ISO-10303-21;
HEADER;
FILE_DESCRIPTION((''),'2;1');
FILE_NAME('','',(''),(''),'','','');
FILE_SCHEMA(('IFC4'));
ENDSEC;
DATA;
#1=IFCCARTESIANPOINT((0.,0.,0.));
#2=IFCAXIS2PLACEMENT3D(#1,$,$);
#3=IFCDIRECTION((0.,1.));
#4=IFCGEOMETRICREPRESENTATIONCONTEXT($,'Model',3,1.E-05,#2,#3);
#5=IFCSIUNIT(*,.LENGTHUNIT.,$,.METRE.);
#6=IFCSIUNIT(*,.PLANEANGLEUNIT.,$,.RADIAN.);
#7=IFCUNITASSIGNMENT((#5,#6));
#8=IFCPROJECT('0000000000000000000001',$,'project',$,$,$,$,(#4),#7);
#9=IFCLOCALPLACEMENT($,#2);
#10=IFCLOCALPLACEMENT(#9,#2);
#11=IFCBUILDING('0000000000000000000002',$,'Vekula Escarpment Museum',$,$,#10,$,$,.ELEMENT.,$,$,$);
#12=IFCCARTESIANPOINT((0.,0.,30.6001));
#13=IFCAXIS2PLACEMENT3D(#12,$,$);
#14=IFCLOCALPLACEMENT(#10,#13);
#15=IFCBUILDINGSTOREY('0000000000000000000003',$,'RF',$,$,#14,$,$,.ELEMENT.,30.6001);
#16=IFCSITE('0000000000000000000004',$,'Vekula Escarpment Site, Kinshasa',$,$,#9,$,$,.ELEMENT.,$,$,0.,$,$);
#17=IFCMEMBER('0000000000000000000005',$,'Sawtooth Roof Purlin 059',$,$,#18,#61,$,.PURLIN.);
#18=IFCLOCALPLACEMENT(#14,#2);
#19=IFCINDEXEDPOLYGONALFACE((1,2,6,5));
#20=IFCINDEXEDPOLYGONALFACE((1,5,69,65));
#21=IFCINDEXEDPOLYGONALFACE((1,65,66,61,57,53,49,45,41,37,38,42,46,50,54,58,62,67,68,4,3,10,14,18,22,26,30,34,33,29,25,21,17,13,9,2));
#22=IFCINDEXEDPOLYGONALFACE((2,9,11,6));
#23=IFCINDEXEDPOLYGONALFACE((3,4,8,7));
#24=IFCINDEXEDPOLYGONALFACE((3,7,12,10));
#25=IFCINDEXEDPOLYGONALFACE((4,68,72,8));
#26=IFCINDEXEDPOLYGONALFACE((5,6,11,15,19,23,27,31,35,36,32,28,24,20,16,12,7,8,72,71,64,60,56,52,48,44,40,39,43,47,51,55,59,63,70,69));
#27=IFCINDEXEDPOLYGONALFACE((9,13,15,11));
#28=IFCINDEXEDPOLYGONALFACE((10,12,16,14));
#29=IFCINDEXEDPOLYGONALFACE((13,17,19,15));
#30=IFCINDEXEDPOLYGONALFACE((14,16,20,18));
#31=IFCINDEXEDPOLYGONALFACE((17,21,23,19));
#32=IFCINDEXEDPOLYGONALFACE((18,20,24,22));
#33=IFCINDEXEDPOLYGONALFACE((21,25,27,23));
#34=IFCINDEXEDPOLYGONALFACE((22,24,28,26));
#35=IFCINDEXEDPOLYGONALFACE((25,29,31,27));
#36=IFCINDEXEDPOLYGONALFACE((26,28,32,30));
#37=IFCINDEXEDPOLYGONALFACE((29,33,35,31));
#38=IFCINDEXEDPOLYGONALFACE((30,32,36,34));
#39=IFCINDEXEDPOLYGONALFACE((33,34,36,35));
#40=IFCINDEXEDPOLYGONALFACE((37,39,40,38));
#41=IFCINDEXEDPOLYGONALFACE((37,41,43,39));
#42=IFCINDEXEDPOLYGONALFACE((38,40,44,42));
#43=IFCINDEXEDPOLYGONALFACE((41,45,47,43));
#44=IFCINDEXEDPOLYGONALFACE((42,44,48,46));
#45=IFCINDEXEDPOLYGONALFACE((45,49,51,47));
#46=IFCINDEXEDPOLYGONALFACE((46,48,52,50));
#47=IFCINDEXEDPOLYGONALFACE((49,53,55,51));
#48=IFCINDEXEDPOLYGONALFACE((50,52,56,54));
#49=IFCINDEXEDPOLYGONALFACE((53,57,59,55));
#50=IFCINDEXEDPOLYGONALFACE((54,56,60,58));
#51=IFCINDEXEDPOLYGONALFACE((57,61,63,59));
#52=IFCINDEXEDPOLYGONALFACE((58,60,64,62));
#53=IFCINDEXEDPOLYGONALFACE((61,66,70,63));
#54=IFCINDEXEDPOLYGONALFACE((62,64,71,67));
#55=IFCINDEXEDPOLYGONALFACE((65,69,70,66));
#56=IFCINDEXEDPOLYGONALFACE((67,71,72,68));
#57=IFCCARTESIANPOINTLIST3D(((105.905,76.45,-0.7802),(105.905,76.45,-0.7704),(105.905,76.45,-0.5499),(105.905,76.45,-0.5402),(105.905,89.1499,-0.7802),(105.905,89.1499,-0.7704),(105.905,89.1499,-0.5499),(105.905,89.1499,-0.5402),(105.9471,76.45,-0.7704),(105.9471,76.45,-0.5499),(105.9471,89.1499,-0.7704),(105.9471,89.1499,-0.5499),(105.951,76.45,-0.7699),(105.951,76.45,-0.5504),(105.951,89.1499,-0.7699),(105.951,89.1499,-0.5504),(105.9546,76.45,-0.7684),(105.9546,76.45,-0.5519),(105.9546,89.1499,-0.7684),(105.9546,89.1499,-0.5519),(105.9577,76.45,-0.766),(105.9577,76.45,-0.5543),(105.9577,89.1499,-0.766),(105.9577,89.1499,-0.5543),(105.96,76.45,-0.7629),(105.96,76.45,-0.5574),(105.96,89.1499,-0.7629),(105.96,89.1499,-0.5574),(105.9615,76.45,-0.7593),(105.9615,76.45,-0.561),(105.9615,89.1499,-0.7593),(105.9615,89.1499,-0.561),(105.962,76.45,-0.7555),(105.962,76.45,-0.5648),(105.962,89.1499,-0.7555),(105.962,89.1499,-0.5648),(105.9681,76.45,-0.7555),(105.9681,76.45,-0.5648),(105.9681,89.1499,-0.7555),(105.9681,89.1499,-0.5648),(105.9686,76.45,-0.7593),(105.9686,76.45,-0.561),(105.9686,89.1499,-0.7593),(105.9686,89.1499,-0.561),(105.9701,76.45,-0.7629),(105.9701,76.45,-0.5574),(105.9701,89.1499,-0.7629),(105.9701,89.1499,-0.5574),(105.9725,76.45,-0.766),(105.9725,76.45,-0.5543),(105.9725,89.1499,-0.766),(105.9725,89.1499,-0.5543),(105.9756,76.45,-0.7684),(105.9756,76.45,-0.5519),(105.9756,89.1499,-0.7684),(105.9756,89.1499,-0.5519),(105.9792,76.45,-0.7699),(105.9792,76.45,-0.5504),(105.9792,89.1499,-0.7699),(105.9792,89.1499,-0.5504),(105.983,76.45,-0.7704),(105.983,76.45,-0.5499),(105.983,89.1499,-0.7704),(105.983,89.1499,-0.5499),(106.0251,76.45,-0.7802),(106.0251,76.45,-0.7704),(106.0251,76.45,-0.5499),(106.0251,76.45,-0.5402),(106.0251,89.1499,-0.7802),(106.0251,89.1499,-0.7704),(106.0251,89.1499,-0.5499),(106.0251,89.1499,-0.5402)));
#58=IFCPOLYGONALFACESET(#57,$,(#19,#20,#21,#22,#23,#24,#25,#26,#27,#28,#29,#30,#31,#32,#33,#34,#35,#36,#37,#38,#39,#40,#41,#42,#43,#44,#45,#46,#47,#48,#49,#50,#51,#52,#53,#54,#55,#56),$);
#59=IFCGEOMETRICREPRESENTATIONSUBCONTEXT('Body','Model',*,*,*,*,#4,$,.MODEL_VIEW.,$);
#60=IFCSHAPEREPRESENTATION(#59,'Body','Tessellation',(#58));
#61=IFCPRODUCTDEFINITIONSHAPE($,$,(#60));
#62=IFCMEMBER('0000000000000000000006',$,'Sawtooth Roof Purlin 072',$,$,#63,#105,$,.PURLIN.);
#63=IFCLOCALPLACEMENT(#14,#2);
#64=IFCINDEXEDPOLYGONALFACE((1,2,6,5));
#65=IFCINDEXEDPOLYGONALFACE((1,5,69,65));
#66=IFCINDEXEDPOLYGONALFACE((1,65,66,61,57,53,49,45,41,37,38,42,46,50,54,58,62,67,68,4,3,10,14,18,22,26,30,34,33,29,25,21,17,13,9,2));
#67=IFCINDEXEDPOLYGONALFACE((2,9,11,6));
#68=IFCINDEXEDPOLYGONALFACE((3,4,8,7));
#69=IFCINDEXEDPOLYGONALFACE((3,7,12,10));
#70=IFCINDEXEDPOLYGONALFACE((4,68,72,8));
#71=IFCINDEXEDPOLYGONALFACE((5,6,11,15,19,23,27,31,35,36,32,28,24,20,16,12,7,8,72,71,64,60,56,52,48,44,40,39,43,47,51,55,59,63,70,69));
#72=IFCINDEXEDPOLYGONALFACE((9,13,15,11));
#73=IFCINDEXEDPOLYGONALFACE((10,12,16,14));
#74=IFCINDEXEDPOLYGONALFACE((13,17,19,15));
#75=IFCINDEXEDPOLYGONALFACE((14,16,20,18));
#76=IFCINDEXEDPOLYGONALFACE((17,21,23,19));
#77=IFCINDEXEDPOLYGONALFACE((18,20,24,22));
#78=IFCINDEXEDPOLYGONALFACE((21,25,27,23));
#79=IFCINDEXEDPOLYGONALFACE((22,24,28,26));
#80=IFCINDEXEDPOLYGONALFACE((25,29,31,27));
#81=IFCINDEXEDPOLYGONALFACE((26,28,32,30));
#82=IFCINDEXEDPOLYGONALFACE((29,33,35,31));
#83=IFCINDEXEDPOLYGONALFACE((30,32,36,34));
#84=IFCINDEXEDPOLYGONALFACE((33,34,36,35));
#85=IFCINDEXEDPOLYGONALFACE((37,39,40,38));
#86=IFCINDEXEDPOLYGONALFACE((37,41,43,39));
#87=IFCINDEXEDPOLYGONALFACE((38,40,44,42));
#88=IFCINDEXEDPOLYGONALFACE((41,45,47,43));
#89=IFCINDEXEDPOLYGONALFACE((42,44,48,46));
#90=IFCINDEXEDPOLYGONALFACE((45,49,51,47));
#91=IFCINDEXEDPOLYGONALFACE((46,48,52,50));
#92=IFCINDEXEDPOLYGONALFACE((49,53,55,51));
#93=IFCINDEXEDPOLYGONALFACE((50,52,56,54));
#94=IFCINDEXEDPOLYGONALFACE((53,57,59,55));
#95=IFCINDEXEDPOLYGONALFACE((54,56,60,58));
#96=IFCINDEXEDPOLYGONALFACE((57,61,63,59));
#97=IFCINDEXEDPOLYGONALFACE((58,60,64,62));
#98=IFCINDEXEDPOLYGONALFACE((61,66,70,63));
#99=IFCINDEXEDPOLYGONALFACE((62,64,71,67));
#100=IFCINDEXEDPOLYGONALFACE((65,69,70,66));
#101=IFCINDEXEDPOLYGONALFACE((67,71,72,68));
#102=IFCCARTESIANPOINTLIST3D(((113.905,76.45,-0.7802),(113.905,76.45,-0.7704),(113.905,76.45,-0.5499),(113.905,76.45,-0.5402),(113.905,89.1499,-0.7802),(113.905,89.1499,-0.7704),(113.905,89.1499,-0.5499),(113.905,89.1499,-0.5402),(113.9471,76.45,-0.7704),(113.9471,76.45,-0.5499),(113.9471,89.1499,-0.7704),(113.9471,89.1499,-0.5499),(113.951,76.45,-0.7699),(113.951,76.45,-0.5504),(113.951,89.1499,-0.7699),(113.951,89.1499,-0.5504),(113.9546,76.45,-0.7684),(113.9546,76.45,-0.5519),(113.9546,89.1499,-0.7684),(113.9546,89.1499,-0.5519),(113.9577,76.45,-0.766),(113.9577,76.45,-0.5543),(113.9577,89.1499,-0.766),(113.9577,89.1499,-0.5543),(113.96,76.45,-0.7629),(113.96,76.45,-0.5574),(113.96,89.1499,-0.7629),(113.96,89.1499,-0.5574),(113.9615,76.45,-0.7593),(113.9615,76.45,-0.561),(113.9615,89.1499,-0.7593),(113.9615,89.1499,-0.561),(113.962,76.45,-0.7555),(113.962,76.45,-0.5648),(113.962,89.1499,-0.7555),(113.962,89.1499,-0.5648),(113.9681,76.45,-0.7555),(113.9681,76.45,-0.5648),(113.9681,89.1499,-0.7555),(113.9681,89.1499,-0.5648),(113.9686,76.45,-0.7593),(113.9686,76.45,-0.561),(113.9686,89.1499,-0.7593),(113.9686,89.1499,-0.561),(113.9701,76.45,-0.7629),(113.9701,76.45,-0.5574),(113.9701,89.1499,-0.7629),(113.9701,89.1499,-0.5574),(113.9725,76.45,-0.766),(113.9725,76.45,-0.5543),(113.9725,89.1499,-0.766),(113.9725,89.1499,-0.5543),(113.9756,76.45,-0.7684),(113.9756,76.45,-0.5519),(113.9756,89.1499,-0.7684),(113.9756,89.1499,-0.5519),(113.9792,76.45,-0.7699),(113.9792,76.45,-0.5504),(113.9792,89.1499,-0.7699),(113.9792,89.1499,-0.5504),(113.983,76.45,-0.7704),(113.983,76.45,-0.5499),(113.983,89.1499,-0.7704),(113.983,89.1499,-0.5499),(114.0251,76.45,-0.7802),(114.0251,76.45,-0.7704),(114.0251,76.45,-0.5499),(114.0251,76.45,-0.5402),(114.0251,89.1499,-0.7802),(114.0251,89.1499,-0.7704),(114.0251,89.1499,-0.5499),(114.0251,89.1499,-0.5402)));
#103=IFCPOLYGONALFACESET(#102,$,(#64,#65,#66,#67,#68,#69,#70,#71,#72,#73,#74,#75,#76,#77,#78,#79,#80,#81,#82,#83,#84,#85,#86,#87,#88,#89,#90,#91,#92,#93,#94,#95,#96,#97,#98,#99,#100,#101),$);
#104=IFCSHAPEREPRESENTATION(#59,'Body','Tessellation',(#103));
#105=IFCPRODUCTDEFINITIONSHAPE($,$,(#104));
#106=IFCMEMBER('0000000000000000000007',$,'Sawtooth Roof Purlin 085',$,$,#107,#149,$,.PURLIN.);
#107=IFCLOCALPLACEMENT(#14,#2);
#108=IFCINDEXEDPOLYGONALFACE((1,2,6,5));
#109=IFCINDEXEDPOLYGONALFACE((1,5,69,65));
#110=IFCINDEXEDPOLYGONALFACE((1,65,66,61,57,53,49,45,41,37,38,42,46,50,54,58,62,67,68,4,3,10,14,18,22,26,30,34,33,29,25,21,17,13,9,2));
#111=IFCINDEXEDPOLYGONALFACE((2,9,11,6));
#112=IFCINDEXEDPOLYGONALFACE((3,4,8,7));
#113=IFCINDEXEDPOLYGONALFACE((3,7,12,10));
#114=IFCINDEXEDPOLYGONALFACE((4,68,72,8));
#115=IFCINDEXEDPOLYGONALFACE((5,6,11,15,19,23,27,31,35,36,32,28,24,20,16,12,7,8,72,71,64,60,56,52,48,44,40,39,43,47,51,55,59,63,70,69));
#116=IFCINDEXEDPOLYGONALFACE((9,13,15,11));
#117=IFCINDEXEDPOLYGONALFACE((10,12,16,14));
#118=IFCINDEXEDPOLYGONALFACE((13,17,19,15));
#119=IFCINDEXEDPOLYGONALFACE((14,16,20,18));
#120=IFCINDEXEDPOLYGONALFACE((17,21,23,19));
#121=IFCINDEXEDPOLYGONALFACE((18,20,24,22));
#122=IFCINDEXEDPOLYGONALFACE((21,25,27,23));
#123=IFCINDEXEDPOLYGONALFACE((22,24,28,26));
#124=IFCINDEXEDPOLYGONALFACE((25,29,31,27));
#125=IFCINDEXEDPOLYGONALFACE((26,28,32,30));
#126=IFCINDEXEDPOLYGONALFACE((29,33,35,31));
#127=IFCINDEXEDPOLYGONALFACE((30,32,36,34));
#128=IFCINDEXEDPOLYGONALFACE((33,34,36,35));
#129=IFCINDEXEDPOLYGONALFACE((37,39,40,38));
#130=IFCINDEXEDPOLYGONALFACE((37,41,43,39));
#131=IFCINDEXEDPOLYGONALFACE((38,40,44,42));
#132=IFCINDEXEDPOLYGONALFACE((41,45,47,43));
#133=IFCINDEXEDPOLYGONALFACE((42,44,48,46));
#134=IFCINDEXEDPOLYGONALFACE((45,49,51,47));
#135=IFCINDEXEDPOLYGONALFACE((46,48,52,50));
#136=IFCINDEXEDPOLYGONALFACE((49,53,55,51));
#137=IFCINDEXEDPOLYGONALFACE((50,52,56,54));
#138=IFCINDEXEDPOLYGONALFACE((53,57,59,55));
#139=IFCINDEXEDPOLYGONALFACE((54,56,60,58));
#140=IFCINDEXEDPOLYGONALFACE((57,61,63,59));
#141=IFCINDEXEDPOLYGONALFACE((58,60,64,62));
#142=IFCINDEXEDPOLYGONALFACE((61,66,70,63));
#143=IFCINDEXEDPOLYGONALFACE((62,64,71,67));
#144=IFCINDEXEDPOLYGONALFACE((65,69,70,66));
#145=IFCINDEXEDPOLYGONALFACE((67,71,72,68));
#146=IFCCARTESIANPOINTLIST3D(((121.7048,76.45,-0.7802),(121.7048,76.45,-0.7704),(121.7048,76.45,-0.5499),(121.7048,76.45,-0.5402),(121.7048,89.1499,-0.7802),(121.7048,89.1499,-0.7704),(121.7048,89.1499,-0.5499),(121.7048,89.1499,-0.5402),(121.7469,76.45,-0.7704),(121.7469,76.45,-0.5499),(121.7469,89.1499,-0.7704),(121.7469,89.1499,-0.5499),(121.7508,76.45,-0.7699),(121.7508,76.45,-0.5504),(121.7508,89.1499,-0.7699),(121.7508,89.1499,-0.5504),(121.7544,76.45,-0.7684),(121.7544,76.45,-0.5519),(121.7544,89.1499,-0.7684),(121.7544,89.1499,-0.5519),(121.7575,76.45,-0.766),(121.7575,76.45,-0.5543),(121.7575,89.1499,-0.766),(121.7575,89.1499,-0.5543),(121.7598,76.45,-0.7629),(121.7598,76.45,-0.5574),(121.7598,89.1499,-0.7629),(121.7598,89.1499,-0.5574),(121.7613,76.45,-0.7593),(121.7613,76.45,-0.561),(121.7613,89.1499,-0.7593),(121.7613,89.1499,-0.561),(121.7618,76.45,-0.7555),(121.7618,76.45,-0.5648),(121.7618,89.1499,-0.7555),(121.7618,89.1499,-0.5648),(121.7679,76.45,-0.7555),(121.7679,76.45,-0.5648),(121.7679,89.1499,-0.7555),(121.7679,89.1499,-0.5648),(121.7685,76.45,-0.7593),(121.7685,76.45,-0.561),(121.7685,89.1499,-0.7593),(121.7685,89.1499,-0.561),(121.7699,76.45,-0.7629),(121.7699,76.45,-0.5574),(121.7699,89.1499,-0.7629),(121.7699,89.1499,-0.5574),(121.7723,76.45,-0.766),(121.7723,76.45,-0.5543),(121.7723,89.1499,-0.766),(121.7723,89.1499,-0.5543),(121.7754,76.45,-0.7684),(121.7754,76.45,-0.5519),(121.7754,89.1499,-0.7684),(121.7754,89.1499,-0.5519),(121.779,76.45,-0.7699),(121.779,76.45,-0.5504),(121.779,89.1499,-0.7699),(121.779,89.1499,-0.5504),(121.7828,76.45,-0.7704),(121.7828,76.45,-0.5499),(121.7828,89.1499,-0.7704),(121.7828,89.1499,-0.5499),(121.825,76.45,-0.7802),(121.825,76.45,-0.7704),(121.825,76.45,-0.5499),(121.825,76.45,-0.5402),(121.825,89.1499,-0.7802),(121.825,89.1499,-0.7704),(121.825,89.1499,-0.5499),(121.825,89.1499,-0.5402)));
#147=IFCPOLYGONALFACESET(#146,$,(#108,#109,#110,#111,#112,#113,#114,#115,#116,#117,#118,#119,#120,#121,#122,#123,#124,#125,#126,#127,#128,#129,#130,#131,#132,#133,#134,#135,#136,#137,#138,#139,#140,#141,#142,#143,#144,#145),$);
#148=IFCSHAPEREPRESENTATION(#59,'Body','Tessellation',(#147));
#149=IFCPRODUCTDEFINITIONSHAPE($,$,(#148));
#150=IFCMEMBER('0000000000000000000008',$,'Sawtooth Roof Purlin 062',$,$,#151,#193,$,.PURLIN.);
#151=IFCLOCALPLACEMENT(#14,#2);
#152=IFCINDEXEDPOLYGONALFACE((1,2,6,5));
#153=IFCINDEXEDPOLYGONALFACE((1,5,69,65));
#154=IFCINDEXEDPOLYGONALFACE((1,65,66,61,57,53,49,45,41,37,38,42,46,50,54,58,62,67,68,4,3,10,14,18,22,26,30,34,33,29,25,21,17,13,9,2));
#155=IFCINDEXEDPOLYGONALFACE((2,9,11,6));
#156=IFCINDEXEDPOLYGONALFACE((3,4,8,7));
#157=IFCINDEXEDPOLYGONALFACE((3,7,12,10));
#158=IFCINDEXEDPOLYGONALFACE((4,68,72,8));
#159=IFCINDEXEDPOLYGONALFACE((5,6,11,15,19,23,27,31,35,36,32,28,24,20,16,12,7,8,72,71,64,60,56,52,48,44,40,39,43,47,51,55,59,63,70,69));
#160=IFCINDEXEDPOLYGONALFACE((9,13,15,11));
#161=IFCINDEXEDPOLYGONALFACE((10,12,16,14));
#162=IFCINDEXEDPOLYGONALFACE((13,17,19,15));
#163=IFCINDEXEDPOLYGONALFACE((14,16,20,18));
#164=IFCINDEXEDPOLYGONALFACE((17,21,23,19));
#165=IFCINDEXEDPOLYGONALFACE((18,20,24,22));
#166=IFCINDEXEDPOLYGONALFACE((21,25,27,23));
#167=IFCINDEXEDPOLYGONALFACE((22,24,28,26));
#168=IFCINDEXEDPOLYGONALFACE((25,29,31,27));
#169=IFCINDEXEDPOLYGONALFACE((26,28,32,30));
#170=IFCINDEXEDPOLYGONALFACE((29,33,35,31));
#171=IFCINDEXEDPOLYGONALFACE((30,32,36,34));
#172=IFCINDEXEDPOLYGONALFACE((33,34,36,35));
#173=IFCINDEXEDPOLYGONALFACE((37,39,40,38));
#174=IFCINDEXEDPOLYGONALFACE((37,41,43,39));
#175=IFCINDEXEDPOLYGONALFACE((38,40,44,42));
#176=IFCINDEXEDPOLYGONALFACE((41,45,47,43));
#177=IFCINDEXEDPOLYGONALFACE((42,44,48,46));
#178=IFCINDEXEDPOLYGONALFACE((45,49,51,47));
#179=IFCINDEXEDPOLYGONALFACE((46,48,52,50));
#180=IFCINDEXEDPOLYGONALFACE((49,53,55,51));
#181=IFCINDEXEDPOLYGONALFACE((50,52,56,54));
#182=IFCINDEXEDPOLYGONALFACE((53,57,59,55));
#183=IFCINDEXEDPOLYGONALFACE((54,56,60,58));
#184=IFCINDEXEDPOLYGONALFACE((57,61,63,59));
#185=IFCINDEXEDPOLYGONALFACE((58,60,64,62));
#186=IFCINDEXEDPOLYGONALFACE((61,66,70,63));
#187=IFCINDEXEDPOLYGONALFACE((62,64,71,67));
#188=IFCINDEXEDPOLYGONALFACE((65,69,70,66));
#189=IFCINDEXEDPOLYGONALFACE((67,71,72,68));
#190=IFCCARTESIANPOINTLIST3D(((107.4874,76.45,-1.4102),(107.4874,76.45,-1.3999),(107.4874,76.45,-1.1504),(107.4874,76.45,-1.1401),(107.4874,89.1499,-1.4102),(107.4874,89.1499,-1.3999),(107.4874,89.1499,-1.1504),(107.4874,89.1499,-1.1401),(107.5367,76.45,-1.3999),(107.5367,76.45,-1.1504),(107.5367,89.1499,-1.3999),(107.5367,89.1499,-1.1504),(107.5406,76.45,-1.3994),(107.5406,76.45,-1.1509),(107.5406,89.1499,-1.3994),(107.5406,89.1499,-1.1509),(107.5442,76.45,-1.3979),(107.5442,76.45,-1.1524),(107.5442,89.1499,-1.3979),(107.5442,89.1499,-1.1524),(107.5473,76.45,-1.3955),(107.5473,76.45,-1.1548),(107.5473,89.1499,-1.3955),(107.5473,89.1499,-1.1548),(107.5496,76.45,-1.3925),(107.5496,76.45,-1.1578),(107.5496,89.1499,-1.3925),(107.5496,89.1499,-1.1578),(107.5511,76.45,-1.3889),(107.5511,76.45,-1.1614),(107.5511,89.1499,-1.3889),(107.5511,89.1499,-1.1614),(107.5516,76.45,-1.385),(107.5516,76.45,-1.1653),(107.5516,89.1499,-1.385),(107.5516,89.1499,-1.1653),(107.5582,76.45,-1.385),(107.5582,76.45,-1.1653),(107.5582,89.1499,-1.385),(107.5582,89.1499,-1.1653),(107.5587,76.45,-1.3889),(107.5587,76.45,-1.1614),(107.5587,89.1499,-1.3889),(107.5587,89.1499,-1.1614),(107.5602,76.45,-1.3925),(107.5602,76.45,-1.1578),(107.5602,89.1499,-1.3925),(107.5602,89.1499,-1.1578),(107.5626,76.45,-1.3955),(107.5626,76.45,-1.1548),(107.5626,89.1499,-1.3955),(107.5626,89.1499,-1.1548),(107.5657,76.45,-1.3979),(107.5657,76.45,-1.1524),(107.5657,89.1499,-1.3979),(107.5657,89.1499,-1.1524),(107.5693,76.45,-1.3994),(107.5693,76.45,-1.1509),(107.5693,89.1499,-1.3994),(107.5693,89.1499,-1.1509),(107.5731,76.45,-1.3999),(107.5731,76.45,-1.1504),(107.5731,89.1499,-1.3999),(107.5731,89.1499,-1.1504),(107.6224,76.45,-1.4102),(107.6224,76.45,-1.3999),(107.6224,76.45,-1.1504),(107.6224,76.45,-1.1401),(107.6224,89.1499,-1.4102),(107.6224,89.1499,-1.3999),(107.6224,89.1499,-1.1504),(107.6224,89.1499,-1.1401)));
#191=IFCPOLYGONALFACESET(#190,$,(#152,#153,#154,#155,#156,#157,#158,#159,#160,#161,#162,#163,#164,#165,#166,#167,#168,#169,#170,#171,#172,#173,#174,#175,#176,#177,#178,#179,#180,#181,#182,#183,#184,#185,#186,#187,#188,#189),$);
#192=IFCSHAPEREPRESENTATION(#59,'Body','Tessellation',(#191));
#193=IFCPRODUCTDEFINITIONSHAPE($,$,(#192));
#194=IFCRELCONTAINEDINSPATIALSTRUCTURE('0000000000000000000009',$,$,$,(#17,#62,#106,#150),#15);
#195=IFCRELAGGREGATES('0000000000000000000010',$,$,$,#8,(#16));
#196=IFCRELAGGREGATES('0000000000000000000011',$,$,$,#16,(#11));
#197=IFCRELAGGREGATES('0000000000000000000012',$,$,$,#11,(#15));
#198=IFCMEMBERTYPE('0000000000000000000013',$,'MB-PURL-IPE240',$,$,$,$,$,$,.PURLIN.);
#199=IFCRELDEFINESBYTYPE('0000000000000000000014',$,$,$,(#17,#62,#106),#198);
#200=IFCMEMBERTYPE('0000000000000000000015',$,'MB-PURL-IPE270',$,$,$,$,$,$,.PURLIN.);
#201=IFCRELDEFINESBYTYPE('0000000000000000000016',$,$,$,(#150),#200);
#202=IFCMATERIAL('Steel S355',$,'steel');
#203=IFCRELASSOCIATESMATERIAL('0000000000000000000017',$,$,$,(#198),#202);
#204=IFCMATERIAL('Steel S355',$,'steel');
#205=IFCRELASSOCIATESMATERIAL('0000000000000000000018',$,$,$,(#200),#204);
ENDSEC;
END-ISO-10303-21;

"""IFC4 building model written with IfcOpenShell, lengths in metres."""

from ifc_helpers import new_model, si_unit, direction, frame, origin, origin_2d, place, context, subcontext, project, spatial, i_section, extrude, material, material_profile, profile_set, type_object, element, save


model = new_model("IFC4")

# Units and contexts
model_context = context("Model", 3, precision=1e-05, world=origin(), true_north=direction((0.0, 1.0)))
body_context = subcontext(model_context, "Body", "Model", "MODEL_VIEW")
ifc_project = project(units=[si_unit("LENGTHUNIT", "METRE"), si_unit("PLANEANGLEUNIT", "RADIAN")], contexts=[model_context])

# Site, building, storey
site_placement = place(None, origin())
site = spatial("IfcSite", under=ifc_project, at=site_placement, Name="Vekula Escarpment Site, Kinshasa", CompositionType="ELEMENT", RefElevation=0.0)
building_placement = place(site_placement, origin())
building = spatial("IfcBuilding", under=site, at=building_placement, Name="Vekula Escarpment Museum", CompositionType="ELEMENT")
storey_placement = place(building_placement, frame((0.0, 0.0, 30.6001)))
storey = spatial("IfcBuildingStorey", under=building, at=storey_placement, Name="RF", CompositionType="ELEMENT", Elevation=30.6001)

# Members
ifc_material_1 = material(Name="Steel S355", Category="steel")
ifc_material_profile_1 = material_profile(ifc_material_1, i_section(OverallWidth=0.1201, OverallDepth=0.24, WebThickness=0.0061, FlangeThickness=0.0098, FilletRadius=0.0149, at=origin_2d()), Name="IPE 240")
ifc_profile_set_1 = profile_set([ifc_material_profile_1], Name="Steel S355")
member_type_1 = type_object("IfcMemberType", Name="MB-PURL-IPE240", PredefinedType="PURLIN", material=ifc_profile_set_1)
for number, where, z_axis, x_axis, name in (
    (1, (105.9651, 76.45, -0.6602), (0.0, 1.0, 0.0), (-1.0, 0.0, 0.0), "Sawtooth Roof Purlin 059"),
    (2, (113.9651, 76.45, -0.6602), (0.0, 1.0, 0.0), (-1.0, 0.0, 0.0), "Sawtooth Roof Purlin 072"),
    (3, (121.7649, 76.45, -0.6602), (0.0, 1.0, 0.0), (-1.0, 0.0, 0.0), "Sawtooth Roof Purlin 085"),
):
    element("IfcMember", number, at=place(storey_placement, frame(where, z_axis=z_axis, x_axis=x_axis)), inside=storey, type_object=member_type_1, Name=name, PredefinedType="PURLIN", context=body_context, shape_type="SweptSolid", body=[
        extrude(i_section(OverallWidth=0.1201, OverallDepth=0.24, WebThickness=0.0061, FlangeThickness=0.0098, FilletRadius=0.0149, at=origin_2d()), origin(), (0.0, 0.0, 1.0), 12.7),
    ])
ifc_material_2 = material(Name="Steel S355", Category="steel")
ifc_material_profile_2 = material_profile(ifc_material_2, i_section(OverallWidth=0.135, OverallDepth=0.27, WebThickness=0.0066, FlangeThickness=0.0103, FilletRadius=0.0149, at=origin_2d()), Name="IPE 270")
ifc_profile_set_2 = profile_set([ifc_material_profile_2], Name="Steel S355")
member_type_2 = type_object("IfcMemberType", Name="MB-PURL-IPE270", PredefinedType="PURLIN", material=ifc_profile_set_2)
for number, where, z_axis, x_axis, name in (
    (4, (107.5549, 76.45, -1.2751), (0.0, 1.0, 0.0), (-1.0, 0.0, 0.0), "Sawtooth Roof Purlin 062"),
):
    element("IfcMember", number, at=place(storey_placement, frame(where, z_axis=z_axis, x_axis=x_axis)), inside=storey, type_object=member_type_2, Name=name, PredefinedType="PURLIN", context=body_context, shape_type="SweptSolid", body=[
        extrude(i_section(OverallWidth=0.135, OverallDepth=0.27, WebThickness=0.0066, FlangeThickness=0.0103, FilletRadius=0.0149, at=origin_2d()), origin(), (0.0, 0.0, 1.0), 12.7),
    ])

save(model, "model.ifc")
